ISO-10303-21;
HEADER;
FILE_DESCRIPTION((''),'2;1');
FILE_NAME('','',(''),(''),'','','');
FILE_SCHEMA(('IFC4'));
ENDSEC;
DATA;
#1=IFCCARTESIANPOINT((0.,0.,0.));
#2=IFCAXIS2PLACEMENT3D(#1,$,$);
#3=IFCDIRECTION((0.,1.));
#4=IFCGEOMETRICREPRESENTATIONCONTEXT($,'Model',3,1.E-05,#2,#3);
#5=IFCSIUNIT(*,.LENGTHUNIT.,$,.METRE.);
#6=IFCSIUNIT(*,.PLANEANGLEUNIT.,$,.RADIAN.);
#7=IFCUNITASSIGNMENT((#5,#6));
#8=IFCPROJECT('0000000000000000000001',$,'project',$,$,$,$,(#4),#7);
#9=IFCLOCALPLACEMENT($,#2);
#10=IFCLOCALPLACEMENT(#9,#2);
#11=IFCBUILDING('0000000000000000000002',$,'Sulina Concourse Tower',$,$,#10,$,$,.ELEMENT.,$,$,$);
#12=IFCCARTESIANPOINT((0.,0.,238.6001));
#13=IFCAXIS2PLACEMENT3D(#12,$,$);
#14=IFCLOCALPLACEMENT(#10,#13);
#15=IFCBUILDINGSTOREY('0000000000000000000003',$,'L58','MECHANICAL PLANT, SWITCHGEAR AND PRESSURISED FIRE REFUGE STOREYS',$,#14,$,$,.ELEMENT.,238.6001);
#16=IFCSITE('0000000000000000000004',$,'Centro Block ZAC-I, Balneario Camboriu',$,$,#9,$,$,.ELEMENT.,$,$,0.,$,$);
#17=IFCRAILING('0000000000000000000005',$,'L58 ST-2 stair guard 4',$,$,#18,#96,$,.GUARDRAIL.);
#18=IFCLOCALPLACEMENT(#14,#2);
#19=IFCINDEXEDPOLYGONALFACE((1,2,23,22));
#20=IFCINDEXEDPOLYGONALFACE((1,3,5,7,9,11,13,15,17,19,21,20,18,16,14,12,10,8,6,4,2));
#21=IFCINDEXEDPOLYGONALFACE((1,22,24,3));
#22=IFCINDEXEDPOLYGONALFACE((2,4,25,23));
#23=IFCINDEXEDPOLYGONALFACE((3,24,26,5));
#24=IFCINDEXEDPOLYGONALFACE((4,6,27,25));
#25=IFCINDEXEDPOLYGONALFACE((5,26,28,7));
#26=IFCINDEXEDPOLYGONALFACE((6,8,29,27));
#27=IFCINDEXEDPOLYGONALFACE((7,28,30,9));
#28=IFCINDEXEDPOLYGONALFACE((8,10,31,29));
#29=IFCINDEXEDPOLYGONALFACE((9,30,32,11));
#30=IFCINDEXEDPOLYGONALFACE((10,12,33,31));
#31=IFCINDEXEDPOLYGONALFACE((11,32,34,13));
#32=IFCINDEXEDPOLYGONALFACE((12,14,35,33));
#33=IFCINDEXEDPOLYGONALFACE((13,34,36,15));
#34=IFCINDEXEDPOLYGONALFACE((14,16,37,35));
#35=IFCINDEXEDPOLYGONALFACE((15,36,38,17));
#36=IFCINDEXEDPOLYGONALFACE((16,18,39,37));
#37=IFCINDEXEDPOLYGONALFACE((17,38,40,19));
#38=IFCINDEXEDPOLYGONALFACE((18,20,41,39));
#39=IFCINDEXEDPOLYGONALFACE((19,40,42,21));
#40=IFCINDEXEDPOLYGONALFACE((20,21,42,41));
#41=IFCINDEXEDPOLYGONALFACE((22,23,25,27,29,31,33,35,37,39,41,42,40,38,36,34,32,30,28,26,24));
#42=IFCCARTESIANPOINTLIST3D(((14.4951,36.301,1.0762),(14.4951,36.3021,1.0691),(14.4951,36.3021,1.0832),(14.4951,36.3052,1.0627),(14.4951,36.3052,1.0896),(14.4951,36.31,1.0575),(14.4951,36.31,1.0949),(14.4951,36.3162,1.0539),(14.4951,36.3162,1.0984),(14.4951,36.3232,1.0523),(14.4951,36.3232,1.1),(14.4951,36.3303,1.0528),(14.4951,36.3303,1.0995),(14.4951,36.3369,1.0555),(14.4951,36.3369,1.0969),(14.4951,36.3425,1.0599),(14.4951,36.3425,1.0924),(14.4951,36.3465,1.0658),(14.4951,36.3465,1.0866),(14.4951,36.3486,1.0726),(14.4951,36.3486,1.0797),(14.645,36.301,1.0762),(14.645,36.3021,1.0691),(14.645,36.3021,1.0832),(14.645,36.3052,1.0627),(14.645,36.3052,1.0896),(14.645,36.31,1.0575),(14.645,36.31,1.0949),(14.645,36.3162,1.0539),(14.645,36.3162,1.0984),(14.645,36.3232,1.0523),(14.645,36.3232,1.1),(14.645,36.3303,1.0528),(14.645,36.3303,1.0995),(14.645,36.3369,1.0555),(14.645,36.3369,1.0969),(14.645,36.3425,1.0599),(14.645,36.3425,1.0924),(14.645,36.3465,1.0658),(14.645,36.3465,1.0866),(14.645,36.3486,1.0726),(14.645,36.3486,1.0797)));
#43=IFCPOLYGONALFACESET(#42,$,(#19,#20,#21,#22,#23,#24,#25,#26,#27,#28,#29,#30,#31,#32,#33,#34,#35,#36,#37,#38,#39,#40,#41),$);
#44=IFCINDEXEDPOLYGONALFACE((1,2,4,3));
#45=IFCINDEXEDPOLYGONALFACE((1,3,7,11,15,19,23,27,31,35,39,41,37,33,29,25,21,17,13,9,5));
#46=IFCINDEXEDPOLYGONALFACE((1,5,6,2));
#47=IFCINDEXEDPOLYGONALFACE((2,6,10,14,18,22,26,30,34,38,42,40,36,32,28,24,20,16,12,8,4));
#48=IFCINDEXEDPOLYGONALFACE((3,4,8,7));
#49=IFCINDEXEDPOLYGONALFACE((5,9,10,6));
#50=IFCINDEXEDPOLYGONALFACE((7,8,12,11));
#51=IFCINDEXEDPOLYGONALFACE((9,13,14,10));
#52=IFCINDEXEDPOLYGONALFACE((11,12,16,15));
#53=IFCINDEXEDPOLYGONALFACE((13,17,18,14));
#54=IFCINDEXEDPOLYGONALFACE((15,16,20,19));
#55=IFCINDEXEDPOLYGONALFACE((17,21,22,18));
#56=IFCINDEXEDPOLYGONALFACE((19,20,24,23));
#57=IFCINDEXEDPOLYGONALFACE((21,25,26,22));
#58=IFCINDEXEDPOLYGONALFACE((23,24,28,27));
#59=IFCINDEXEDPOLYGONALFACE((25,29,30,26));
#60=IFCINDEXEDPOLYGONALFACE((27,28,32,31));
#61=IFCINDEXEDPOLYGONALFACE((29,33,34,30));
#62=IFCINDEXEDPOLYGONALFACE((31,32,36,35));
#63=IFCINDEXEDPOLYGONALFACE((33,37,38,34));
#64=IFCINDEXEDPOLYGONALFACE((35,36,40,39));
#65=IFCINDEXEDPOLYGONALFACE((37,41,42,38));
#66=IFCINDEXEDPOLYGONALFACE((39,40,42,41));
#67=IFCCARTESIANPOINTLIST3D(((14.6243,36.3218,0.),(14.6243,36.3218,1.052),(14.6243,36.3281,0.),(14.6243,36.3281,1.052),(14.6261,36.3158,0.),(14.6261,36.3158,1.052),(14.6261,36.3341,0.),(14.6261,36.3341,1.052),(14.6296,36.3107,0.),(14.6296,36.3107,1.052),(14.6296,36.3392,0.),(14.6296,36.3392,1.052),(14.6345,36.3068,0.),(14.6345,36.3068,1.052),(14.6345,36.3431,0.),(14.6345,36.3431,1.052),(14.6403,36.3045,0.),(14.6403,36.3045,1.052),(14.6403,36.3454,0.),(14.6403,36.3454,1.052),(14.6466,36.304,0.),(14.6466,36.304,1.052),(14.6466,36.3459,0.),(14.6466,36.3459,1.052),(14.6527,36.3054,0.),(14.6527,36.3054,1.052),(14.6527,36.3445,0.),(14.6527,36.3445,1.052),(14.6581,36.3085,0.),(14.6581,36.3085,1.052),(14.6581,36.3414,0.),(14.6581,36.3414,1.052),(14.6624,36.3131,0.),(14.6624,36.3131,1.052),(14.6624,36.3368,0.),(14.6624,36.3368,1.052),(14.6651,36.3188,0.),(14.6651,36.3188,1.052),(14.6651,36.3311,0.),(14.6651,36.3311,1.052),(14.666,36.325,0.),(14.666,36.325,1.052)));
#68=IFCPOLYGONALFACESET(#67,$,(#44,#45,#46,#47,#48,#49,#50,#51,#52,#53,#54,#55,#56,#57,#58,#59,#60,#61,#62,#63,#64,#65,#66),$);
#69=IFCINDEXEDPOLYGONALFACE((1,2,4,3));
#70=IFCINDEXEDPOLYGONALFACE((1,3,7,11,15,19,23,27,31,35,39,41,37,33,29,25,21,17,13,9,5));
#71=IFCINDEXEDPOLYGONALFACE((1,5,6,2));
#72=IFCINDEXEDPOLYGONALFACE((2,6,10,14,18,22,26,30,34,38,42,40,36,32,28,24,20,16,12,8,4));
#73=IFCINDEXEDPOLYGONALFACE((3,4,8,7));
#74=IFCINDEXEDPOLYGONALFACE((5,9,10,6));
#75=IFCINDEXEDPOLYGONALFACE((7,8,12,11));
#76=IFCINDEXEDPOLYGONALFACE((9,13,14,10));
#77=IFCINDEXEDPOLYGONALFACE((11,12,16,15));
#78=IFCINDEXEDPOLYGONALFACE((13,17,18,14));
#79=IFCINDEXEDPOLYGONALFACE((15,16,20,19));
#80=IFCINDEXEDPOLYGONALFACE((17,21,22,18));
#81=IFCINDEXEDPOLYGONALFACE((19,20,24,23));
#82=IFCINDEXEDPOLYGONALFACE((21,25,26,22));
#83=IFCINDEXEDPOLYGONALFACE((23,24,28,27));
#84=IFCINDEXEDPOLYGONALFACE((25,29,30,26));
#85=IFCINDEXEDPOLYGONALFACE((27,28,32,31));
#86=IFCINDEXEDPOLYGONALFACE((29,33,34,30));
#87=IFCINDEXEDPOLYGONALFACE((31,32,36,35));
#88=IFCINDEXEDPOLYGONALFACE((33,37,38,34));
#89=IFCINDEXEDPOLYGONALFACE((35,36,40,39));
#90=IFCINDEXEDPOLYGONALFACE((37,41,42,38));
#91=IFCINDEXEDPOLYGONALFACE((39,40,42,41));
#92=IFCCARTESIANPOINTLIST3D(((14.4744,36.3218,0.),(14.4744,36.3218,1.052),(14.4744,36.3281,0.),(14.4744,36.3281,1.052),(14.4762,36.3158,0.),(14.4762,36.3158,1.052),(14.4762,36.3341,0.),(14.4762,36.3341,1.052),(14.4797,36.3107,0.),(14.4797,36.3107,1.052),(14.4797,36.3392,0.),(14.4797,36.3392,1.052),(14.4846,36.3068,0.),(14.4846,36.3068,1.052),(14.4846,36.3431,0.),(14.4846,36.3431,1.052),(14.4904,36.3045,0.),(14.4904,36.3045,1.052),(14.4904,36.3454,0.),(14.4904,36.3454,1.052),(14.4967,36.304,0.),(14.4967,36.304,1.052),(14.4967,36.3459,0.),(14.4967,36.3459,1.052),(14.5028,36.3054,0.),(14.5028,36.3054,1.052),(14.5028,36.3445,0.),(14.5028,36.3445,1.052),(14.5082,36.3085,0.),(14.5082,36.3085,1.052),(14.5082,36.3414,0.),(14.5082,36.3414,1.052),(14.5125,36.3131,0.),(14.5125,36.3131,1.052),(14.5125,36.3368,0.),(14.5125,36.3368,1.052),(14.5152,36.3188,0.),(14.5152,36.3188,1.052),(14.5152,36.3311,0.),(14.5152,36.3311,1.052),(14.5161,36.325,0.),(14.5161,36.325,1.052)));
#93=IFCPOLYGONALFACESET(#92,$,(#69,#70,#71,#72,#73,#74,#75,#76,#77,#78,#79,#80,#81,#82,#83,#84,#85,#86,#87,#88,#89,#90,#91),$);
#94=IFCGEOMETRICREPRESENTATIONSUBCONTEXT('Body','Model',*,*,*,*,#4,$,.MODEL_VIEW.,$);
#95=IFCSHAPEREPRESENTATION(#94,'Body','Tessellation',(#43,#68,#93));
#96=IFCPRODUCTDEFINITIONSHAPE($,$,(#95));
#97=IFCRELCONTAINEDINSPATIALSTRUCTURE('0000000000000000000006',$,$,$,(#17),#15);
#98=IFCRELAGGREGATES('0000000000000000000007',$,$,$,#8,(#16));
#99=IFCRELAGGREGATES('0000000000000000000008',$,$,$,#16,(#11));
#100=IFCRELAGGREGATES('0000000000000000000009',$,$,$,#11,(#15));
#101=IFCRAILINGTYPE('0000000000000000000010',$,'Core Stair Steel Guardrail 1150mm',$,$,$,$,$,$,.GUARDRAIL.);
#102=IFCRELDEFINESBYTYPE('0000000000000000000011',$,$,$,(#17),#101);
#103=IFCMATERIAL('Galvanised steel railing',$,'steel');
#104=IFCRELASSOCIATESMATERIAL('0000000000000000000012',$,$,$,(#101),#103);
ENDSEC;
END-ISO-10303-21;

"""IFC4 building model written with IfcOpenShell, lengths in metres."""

from ifc_helpers import new_model, si_unit, direction, frame, origin, origin_2d, place, context, subcontext, project, spatial, circle, extrude, material, type_object, element, save


model = new_model("IFC4")

# Units and contexts
model_context = context("Model", 3, precision=1e-05, world=origin(), true_north=direction((0.0, 1.0)))
body_context = subcontext(model_context, "Body", "Model", "MODEL_VIEW")
ifc_project = project(units=[si_unit("LENGTHUNIT", "METRE"), si_unit("PLANEANGLEUNIT", "RADIAN")], contexts=[model_context])

# Site, building, storey
site_placement = place(None, origin())
site = spatial("IfcSite", under=ifc_project, at=site_placement, Name="Centro Block ZAC-I, Balneario Camboriu", CompositionType="ELEMENT", RefElevation=0.0)
building_placement = place(site_placement, origin())
building = spatial("IfcBuilding", under=site, at=building_placement, Name="Sulina Concourse Tower", CompositionType="ELEMENT")
storey_placement = place(building_placement, frame((0.0, 0.0, 238.6001)))
storey = spatial("IfcBuildingStorey", under=building, at=storey_placement, Name="L58", Description="MECHANICAL PLANT, SWITCHGEAR AND PRESSURISED FIRE REFUGE STOREYS", CompositionType="ELEMENT", Elevation=238.6001)

# Railing
ifc_material_1 = material(Name="Galvanised steel railing", Category="steel")
railing_type_1 = type_object("IfcRailingType", Name="Core Stair Steel Guardrail 1150mm", PredefinedType="GUARDRAIL", material=ifc_material_1)
railing_1_placement = place(storey_placement, frame((14.645, 36.325, 0.0)))
element("IfcRailing", 1, at=railing_1_placement, inside=storey, type_object=railing_type_1, Name="L58 ST-2 stair guard 4", PredefinedType="GUARDRAIL", context=body_context, shape_type="SweptSolid", body=[
    extrude(circle(Radius=0.0239, at=origin_2d()), frame((0.0, 0.0, 1.0762), z_axis=(-1.0, 0.0, 0.0), x_axis=(0.0, -1.0, 0.0)), (0.0, 0.0, 1.0), 0.1499),
    extrude(circle(Radius=0.021, at=origin_2d()), origin(), (0.0, 0.0, 1.0), 1.052),
    extrude(circle(Radius=0.021, at=origin_2d()), frame((-0.1499, 0.0, 0.0)), (0.0, 0.0, 1.0), 1.052),
])

save(model, "model.ifc")
